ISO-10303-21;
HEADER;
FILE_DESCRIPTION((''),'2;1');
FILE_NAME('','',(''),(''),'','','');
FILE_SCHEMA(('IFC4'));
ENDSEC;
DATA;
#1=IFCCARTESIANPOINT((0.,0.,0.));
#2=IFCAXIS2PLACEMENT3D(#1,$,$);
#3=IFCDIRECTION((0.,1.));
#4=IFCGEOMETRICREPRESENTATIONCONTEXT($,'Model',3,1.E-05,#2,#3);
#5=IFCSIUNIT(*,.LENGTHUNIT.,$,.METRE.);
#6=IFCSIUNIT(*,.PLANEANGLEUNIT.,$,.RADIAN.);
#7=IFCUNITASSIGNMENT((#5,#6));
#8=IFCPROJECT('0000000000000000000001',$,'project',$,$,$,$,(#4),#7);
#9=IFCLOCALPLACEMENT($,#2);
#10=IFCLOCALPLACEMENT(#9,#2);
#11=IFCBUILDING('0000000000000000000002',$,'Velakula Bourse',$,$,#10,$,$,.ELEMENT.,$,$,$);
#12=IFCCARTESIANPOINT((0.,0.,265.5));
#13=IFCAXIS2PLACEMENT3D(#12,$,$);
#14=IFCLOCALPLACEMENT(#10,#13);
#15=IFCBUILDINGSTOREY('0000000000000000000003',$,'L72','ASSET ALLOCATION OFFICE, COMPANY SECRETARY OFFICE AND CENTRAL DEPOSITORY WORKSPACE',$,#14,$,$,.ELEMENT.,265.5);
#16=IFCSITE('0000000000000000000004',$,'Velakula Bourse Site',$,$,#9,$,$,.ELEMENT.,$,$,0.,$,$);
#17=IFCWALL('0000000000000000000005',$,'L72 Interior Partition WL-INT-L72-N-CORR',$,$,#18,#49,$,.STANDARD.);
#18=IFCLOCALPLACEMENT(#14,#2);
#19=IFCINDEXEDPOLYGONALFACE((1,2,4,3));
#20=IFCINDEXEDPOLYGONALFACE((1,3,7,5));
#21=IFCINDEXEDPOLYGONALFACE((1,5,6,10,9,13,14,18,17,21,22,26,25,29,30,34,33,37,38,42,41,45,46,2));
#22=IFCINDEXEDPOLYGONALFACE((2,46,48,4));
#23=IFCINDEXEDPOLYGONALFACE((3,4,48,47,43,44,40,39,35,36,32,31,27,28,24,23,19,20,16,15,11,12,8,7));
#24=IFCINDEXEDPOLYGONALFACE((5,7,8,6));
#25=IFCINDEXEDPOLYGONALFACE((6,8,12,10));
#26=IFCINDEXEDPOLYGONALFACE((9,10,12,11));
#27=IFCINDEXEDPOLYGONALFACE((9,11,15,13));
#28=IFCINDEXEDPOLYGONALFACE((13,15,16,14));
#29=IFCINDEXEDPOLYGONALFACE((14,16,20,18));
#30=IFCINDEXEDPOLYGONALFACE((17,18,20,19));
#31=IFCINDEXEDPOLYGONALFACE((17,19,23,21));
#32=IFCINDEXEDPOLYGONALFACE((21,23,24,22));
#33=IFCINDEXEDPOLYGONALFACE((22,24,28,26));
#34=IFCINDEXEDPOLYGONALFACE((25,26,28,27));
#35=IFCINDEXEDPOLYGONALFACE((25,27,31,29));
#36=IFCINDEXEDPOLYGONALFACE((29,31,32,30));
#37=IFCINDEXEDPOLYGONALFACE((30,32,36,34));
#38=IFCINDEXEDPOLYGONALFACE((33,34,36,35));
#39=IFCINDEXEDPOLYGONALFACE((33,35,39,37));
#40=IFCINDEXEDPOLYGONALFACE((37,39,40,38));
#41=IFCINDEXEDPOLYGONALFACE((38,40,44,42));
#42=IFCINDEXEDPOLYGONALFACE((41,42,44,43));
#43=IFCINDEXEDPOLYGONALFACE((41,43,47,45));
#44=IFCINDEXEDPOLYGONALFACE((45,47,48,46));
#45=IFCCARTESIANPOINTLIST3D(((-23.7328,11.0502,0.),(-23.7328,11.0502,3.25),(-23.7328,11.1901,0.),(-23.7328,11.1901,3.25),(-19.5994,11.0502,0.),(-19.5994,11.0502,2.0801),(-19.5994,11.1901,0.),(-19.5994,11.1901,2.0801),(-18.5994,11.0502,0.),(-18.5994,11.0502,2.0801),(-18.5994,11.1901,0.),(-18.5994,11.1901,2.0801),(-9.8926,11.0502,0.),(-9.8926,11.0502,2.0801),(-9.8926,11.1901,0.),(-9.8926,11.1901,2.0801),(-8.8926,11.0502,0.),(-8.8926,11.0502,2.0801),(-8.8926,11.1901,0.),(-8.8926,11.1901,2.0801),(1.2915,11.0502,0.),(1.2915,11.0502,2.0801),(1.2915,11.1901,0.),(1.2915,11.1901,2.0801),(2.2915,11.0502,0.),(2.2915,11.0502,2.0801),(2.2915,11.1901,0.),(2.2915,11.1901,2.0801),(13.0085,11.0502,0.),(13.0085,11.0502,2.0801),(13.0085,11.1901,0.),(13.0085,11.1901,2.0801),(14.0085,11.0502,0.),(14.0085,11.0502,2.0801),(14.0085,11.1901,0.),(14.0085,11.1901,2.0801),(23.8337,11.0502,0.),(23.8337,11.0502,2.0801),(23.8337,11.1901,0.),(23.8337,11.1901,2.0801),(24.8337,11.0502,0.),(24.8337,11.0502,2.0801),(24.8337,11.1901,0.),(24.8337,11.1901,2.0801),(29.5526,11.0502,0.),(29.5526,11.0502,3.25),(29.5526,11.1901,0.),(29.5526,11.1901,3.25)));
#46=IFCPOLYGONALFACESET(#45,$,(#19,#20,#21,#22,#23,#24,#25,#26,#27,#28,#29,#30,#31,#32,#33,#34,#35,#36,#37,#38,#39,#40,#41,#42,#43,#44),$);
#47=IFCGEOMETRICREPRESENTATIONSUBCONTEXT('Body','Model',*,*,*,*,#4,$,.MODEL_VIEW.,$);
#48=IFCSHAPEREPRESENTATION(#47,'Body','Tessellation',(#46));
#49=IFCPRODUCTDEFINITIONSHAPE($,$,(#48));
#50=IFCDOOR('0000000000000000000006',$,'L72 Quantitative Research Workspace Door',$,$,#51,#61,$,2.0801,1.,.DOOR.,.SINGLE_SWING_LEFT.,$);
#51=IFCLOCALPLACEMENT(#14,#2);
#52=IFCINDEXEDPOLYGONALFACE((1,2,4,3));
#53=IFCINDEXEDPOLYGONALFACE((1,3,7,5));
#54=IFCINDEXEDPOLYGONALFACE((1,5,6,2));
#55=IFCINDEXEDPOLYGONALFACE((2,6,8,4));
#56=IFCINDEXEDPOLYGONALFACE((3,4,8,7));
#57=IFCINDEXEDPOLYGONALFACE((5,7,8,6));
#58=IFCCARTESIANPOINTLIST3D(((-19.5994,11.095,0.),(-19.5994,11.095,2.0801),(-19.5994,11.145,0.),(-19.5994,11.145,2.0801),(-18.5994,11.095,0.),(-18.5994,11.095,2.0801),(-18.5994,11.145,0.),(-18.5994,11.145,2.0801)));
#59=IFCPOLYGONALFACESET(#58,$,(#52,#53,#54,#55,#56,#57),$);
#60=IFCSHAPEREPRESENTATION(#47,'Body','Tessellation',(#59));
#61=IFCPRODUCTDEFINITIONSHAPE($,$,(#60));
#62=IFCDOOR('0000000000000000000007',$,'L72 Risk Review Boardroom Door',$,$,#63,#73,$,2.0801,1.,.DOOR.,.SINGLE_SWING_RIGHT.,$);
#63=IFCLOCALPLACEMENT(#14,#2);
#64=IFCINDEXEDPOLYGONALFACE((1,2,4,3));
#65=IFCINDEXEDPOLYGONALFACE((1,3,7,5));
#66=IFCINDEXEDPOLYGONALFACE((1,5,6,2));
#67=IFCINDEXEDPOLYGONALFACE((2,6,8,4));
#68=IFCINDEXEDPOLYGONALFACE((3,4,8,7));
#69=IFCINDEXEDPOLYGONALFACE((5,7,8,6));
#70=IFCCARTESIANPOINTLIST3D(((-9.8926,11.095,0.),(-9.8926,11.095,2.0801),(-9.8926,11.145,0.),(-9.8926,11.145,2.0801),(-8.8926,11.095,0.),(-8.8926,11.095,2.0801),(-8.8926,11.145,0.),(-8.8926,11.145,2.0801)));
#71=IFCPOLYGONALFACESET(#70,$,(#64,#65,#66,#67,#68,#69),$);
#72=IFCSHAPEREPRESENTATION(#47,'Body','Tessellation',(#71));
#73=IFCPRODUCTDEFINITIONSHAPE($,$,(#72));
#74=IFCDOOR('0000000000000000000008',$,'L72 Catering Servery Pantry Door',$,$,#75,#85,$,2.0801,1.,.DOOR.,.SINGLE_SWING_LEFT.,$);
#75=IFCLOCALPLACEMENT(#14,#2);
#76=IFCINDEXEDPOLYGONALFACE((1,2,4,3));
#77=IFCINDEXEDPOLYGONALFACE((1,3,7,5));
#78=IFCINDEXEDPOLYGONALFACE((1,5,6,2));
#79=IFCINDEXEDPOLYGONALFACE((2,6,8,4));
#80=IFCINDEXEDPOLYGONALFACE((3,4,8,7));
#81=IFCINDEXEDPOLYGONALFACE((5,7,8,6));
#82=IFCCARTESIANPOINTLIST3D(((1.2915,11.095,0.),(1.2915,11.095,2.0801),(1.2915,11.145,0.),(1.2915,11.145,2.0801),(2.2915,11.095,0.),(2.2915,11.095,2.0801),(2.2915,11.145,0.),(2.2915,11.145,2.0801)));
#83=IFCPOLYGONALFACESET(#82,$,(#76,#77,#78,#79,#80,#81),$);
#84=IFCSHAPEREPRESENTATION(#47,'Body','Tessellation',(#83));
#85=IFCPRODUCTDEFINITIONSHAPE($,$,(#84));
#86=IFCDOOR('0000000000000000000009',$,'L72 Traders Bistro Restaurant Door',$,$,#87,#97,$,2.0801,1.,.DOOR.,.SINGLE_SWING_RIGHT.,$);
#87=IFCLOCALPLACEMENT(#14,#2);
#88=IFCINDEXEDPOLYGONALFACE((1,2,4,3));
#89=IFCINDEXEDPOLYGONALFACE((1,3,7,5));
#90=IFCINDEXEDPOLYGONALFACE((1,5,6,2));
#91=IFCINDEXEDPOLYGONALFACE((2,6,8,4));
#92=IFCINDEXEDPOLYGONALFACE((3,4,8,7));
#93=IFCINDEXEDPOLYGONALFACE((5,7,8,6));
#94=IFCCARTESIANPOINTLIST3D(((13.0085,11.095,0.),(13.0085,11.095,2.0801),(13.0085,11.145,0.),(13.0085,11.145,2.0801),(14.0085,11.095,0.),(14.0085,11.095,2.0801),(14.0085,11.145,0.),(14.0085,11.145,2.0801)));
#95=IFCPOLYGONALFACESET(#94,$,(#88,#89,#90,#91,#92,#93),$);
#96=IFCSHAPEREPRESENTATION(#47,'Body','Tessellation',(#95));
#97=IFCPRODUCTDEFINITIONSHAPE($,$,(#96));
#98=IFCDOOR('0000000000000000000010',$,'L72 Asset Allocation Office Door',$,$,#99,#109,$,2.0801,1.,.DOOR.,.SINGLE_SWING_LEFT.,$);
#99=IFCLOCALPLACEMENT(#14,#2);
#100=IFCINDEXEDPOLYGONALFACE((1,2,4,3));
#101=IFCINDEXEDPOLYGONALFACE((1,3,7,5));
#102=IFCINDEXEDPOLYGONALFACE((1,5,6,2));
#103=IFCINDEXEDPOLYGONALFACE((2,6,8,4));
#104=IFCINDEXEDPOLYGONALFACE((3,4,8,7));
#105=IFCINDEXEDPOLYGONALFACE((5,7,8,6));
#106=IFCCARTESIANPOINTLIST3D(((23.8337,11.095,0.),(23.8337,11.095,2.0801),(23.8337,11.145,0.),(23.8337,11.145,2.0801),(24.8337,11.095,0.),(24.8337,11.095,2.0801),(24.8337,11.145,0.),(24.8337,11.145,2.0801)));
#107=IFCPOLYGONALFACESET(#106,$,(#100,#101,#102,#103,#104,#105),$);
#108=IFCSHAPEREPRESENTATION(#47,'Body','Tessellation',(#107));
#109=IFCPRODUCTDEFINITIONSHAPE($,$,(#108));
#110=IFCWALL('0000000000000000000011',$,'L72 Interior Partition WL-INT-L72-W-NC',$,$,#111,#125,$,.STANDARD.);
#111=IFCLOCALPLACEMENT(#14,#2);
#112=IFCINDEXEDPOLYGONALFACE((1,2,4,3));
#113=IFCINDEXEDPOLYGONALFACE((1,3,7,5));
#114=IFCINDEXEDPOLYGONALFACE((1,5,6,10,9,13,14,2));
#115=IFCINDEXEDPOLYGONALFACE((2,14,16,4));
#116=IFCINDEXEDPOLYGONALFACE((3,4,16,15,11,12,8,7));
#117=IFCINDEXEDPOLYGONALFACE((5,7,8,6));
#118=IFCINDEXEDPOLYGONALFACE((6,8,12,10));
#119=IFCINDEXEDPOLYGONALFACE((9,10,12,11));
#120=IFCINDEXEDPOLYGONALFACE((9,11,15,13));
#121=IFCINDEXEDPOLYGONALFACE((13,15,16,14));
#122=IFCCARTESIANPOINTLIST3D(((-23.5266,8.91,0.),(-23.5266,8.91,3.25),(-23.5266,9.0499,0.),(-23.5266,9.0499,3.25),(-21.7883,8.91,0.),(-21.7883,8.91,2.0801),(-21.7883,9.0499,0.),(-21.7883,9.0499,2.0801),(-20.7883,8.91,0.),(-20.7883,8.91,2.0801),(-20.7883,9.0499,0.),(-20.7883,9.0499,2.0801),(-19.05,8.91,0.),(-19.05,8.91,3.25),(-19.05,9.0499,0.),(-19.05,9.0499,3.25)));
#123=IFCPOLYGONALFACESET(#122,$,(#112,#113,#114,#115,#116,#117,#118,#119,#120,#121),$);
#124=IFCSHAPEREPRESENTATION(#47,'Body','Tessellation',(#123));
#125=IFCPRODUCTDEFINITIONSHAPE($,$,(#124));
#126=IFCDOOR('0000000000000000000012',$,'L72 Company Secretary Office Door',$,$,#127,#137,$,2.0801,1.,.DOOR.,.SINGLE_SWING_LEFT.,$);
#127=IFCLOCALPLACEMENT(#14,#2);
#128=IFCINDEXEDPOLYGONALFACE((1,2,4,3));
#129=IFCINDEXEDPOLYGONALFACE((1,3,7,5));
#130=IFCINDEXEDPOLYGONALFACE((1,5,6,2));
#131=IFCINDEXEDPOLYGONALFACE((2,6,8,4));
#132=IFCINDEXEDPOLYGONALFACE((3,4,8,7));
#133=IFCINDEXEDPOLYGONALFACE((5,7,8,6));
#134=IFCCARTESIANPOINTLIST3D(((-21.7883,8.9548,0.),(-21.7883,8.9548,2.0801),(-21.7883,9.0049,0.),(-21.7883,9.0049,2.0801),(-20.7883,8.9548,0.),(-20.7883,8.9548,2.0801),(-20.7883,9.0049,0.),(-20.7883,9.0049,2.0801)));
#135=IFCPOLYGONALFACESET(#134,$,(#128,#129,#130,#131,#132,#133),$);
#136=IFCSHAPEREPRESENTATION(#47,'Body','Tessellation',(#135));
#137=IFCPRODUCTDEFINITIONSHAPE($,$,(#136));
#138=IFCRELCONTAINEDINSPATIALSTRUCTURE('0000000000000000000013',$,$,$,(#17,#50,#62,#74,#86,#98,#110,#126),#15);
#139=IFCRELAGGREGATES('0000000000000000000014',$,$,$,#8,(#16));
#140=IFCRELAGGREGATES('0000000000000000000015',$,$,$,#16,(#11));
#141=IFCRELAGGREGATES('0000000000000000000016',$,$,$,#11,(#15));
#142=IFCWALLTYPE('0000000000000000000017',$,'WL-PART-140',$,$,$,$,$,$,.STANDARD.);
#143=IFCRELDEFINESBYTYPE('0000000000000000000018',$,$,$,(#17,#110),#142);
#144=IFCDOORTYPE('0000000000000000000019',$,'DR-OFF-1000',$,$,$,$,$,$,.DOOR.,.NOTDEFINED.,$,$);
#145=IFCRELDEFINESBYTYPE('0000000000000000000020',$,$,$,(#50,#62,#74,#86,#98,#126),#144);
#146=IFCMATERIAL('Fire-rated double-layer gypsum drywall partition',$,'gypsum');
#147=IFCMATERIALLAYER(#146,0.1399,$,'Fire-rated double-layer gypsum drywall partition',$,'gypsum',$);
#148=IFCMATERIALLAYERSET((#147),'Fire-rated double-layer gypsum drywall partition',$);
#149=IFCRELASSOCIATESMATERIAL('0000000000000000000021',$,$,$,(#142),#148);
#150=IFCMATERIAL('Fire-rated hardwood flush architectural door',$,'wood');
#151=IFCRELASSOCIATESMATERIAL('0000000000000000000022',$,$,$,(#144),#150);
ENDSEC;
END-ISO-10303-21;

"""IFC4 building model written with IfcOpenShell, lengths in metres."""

from ifc_helpers import new_model, si_unit, direction, frame, frame_2d, origin, place, context, subcontext, project, spatial, rectangle, extrude, material, layer, layer_set, type_object, element, fill, save


model = new_model("IFC4")

# Units and contexts
model_context = context("Model", 3, precision=1e-05, world=origin(), true_north=direction((0.0, 1.0)))
body_context = subcontext(model_context, "Body", "Model", "MODEL_VIEW")
ifc_project = project(units=[si_unit("LENGTHUNIT", "METRE"), si_unit("PLANEANGLEUNIT", "RADIAN")], contexts=[model_context])

# Site, building, storey
site_placement = place(None, origin())
site = spatial("IfcSite", under=ifc_project, at=site_placement, Name="Velakula Bourse Site", CompositionType="ELEMENT", RefElevation=0.0)
building_placement = place(site_placement, origin())
building = spatial("IfcBuilding", under=site, at=building_placement, Name="Velakula Bourse", CompositionType="ELEMENT")
storey_placement = place(building_placement, frame((0.0, 0.0, 265.5)))
storey = spatial("IfcBuildingStorey", under=building, at=storey_placement, Name="L72", Description="ASSET ALLOCATION OFFICE, COMPANY SECRETARY OFFICE AND CENTRAL DEPOSITORY WORKSPACE", CompositionType="ELEMENT", Elevation=265.5)

# Shared definitions
ifc_material_1 = material(Name="Fire-rated hardwood flush architectural door", Category="wood")

# Wall, openings, doors
ifc_material_2 = material(Name="Fire-rated double-layer gypsum drywall partition", Category="gypsum")
ifc_layer_1 = layer(ifc_material_2, 0.1399, Name="Fire-rated double-layer gypsum drywall partition", Category="gypsum")
ifc_layer_set_1 = layer_set([ifc_layer_1], Name="Fire-rated double-layer gypsum drywall partition")
wall_type_1 = type_object("IfcWallType", Name="WL-PART-140", PredefinedType="STANDARD", material=ifc_layer_set_1)
wall_1_placement = place(storey_placement, frame((-23.7327, 11.1201, 0.0), z_axis=(0.0, 0.0, 1.0), x_axis=(1.0, 0.0, 0.0)))
wall_1 = element("IfcWall", 1, at=wall_1_placement, inside=storey, type_object=wall_type_1, Name="L72 Interior Partition WL-INT-L72-N-CORR", PredefinedType="STANDARD", context=body_context, shape_type="SweptSolid", body=[
    extrude(rectangle(XDim=53.2854, YDim=0.1399, at=frame_2d((26.6426, 0.0))), origin(), (0.0, 0.0, 1.0), 3.25),
])
opening_1_placement = place(wall_1_placement, frame((4.1333, 0.0, 0.0)))
opening_1 = element("IfcOpeningElement", 2, at=opening_1_placement, cuts=wall_1, PredefinedType="OPENING", context=body_context, shape_type="SweptSolid", body=[
    extrude(rectangle(XDim=1.0, YDim=2.0801, at=frame_2d((0.5, 1.04))), frame((0.0, 0.0798, 0.0), z_axis=(0.0, -1.0, 0.0), x_axis=(1.0, 0.0, 0.0)), (0.0, 0.0, 1.0), 0.1599),
])
opening_2_placement = place(wall_1_placement, frame((13.8401, 0.0, 0.0)))
opening_2 = element("IfcOpeningElement", 3, at=opening_2_placement, cuts=wall_1, PredefinedType="OPENING", context=body_context, shape_type="SweptSolid", body=[
    extrude(rectangle(XDim=1.0, YDim=2.0801, at=frame_2d((0.5, 1.04))), frame((0.0, 0.0798, 0.0), z_axis=(0.0, -1.0, 0.0), x_axis=(1.0, 0.0, 0.0)), (0.0, 0.0, 1.0), 0.1599),
])
opening_3_placement = place(wall_1_placement, frame((25.0242, 0.0, 0.0)))
opening_3 = element("IfcOpeningElement", 4, at=opening_3_placement, cuts=wall_1, PredefinedType="OPENING", context=body_context, shape_type="SweptSolid", body=[
    extrude(rectangle(XDim=1.0, YDim=2.0801, at=frame_2d((0.5, 1.04))), frame((0.0, 0.0798, 0.0), z_axis=(0.0, -1.0, 0.0), x_axis=(1.0, 0.0, 0.0)), (0.0, 0.0, 1.0), 0.1599),
])
opening_4_placement = place(wall_1_placement, frame((36.7412, 0.0, 0.0)))
opening_4 = element("IfcOpeningElement", 5, at=opening_4_placement, cuts=wall_1, PredefinedType="OPENING", context=body_context, shape_type="SweptSolid", body=[
    extrude(rectangle(XDim=1.0, YDim=2.0801, at=frame_2d((0.5, 1.04))), frame((0.0, 0.0798, 0.0), z_axis=(0.0, -1.0, 0.0), x_axis=(1.0, 0.0, 0.0)), (0.0, 0.0, 1.0), 0.1599),
])
opening_5_placement = place(wall_1_placement, frame((47.5664, 0.0, 0.0)))
opening_5 = element("IfcOpeningElement", 6, at=opening_5_placement, cuts=wall_1, PredefinedType="OPENING", context=body_context, shape_type="SweptSolid", body=[
    extrude(rectangle(XDim=1.0, YDim=2.0801, at=frame_2d((0.5, 1.04))), frame((0.0, 0.0798, 0.0), z_axis=(0.0, -1.0, 0.0), x_axis=(1.0, 0.0, 0.0)), (0.0, 0.0, 1.0), 0.1599),
])
door_type_1 = type_object("IfcDoorType", Name="DR-OFF-1000", OperationType="NOTDEFINED", PredefinedType="DOOR", material=ifc_material_1)
door_1_placement = place(opening_1_placement, origin())
door_1 = element("IfcDoor", 7, at=door_1_placement, inside=storey, type_object=door_type_1, Name="L72 Quantitative Research Workspace Door", OperationType="SINGLE_SWING_LEFT", OverallHeight=2.0801, OverallWidth=1.0, PredefinedType="DOOR", context=body_context, shape_type="SweptSolid", body=[
    extrude(rectangle(XDim=1.0, YDim=2.0801, at=frame_2d((0.5, 1.04))), frame((0.0, 0.0249, 0.0), z_axis=(0.0, -1.0, 0.0), x_axis=(1.0, 0.0, 0.0)), (0.0, 0.0, 1.0), 0.05),
])
fill(opening_1, door_1)
door_2_placement = place(opening_2_placement, origin())
door_2 = element("IfcDoor", 8, at=door_2_placement, inside=storey, type_object=door_type_1, Name="L72 Risk Review Boardroom Door", OperationType="SINGLE_SWING_RIGHT", OverallHeight=2.0801, OverallWidth=1.0, PredefinedType="DOOR", context=body_context, shape_type="SweptSolid", body=[
    extrude(rectangle(XDim=1.0, YDim=2.0801, at=frame_2d((0.5, 1.04))), frame((0.0, 0.0249, 0.0), z_axis=(0.0, -1.0, 0.0), x_axis=(1.0, 0.0, 0.0)), (0.0, 0.0, 1.0), 0.05),
])
fill(opening_2, door_2)
door_3_placement = place(opening_3_placement, origin())
door_3 = element("IfcDoor", 9, at=door_3_placement, inside=storey, type_object=door_type_1, Name="L72 Catering Servery Pantry Door", OperationType="SINGLE_SWING_LEFT", OverallHeight=2.0801, OverallWidth=1.0, PredefinedType="DOOR", context=body_context, shape_type="SweptSolid", body=[
    extrude(rectangle(XDim=1.0, YDim=2.0801, at=frame_2d((0.5, 1.04))), frame((0.0, 0.0249, 0.0), z_axis=(0.0, -1.0, 0.0), x_axis=(1.0, 0.0, 0.0)), (0.0, 0.0, 1.0), 0.05),
])
fill(opening_3, door_3)
door_4_placement = place(opening_4_placement, origin())
door_4 = element("IfcDoor", 10, at=door_4_placement, inside=storey, type_object=door_type_1, Name="L72 Traders Bistro Restaurant Door", OperationType="SINGLE_SWING_RIGHT", OverallHeight=2.0801, OverallWidth=1.0, PredefinedType="DOOR", context=body_context, shape_type="SweptSolid", body=[
    extrude(rectangle(XDim=1.0, YDim=2.0801, at=frame_2d((0.5, 1.04))), frame((0.0, 0.0249, 0.0), z_axis=(0.0, -1.0, 0.0), x_axis=(1.0, 0.0, 0.0)), (0.0, 0.0, 1.0), 0.05),
])
fill(opening_4, door_4)
door_5_placement = place(opening_5_placement, origin())
door_5 = element("IfcDoor", 11, at=door_5_placement, inside=storey, type_object=door_type_1, Name="L72 Asset Allocation Office Door", OperationType="SINGLE_SWING_LEFT", OverallHeight=2.0801, OverallWidth=1.0, PredefinedType="DOOR", context=body_context, shape_type="SweptSolid", body=[
    extrude(rectangle(XDim=1.0, YDim=2.0801, at=frame_2d((0.5, 1.04))), frame((0.0, 0.0249, 0.0), z_axis=(0.0, -1.0, 0.0), x_axis=(1.0, 0.0, 0.0)), (0.0, 0.0, 1.0), 0.05),
])
fill(opening_5, door_5)

# Wall, opening, door
wall_2_placement = place(storey_placement, frame((-23.5266, 8.98, 0.0), z_axis=(0.0, 0.0, 1.0), x_axis=(1.0, 0.0, 0.0)))
wall_2 = element("IfcWall", 12, at=wall_2_placement, inside=storey, type_object=wall_type_1, Name="L72 Interior Partition WL-INT-L72-W-NC", PredefinedType="STANDARD", context=body_context, shape_type="SweptSolid", body=[
    extrude(rectangle(XDim=4.4766, YDim=0.1399, at=frame_2d((2.2383, 0.0))), origin(), (0.0, 0.0, 1.0), 3.25),
])
opening_6_placement = place(wall_2_placement, frame((1.7383, 0.0, 0.0)))
opening_6 = element("IfcOpeningElement", 13, at=opening_6_placement, cuts=wall_2, PredefinedType="OPENING", context=body_context, shape_type="SweptSolid", body=[
    extrude(rectangle(XDim=1.0, YDim=2.0801, at=frame_2d((0.5, 1.04))), frame((0.0, 0.0798, 0.0), z_axis=(0.0, -1.0, 0.0), x_axis=(1.0, 0.0, 0.0)), (0.0, 0.0, 1.0), 0.1599),
])
door_6_placement = place(opening_6_placement, origin())
door_6 = element("IfcDoor", 14, at=door_6_placement, inside=storey, type_object=door_type_1, Name="L72 Company Secretary Office Door", OperationType="SINGLE_SWING_LEFT", OverallHeight=2.0801, OverallWidth=1.0, PredefinedType="DOOR", context=body_context, shape_type="SweptSolid", body=[
    extrude(rectangle(XDim=1.0, YDim=2.0801, at=frame_2d((0.5, 1.04))), frame((0.0, 0.0249, 0.0), z_axis=(0.0, -1.0, 0.0), x_axis=(1.0, 0.0, 0.0)), (0.0, 0.0, 1.0), 0.05),
])
fill(opening_6, door_6)

save(model, "model.ifc")
